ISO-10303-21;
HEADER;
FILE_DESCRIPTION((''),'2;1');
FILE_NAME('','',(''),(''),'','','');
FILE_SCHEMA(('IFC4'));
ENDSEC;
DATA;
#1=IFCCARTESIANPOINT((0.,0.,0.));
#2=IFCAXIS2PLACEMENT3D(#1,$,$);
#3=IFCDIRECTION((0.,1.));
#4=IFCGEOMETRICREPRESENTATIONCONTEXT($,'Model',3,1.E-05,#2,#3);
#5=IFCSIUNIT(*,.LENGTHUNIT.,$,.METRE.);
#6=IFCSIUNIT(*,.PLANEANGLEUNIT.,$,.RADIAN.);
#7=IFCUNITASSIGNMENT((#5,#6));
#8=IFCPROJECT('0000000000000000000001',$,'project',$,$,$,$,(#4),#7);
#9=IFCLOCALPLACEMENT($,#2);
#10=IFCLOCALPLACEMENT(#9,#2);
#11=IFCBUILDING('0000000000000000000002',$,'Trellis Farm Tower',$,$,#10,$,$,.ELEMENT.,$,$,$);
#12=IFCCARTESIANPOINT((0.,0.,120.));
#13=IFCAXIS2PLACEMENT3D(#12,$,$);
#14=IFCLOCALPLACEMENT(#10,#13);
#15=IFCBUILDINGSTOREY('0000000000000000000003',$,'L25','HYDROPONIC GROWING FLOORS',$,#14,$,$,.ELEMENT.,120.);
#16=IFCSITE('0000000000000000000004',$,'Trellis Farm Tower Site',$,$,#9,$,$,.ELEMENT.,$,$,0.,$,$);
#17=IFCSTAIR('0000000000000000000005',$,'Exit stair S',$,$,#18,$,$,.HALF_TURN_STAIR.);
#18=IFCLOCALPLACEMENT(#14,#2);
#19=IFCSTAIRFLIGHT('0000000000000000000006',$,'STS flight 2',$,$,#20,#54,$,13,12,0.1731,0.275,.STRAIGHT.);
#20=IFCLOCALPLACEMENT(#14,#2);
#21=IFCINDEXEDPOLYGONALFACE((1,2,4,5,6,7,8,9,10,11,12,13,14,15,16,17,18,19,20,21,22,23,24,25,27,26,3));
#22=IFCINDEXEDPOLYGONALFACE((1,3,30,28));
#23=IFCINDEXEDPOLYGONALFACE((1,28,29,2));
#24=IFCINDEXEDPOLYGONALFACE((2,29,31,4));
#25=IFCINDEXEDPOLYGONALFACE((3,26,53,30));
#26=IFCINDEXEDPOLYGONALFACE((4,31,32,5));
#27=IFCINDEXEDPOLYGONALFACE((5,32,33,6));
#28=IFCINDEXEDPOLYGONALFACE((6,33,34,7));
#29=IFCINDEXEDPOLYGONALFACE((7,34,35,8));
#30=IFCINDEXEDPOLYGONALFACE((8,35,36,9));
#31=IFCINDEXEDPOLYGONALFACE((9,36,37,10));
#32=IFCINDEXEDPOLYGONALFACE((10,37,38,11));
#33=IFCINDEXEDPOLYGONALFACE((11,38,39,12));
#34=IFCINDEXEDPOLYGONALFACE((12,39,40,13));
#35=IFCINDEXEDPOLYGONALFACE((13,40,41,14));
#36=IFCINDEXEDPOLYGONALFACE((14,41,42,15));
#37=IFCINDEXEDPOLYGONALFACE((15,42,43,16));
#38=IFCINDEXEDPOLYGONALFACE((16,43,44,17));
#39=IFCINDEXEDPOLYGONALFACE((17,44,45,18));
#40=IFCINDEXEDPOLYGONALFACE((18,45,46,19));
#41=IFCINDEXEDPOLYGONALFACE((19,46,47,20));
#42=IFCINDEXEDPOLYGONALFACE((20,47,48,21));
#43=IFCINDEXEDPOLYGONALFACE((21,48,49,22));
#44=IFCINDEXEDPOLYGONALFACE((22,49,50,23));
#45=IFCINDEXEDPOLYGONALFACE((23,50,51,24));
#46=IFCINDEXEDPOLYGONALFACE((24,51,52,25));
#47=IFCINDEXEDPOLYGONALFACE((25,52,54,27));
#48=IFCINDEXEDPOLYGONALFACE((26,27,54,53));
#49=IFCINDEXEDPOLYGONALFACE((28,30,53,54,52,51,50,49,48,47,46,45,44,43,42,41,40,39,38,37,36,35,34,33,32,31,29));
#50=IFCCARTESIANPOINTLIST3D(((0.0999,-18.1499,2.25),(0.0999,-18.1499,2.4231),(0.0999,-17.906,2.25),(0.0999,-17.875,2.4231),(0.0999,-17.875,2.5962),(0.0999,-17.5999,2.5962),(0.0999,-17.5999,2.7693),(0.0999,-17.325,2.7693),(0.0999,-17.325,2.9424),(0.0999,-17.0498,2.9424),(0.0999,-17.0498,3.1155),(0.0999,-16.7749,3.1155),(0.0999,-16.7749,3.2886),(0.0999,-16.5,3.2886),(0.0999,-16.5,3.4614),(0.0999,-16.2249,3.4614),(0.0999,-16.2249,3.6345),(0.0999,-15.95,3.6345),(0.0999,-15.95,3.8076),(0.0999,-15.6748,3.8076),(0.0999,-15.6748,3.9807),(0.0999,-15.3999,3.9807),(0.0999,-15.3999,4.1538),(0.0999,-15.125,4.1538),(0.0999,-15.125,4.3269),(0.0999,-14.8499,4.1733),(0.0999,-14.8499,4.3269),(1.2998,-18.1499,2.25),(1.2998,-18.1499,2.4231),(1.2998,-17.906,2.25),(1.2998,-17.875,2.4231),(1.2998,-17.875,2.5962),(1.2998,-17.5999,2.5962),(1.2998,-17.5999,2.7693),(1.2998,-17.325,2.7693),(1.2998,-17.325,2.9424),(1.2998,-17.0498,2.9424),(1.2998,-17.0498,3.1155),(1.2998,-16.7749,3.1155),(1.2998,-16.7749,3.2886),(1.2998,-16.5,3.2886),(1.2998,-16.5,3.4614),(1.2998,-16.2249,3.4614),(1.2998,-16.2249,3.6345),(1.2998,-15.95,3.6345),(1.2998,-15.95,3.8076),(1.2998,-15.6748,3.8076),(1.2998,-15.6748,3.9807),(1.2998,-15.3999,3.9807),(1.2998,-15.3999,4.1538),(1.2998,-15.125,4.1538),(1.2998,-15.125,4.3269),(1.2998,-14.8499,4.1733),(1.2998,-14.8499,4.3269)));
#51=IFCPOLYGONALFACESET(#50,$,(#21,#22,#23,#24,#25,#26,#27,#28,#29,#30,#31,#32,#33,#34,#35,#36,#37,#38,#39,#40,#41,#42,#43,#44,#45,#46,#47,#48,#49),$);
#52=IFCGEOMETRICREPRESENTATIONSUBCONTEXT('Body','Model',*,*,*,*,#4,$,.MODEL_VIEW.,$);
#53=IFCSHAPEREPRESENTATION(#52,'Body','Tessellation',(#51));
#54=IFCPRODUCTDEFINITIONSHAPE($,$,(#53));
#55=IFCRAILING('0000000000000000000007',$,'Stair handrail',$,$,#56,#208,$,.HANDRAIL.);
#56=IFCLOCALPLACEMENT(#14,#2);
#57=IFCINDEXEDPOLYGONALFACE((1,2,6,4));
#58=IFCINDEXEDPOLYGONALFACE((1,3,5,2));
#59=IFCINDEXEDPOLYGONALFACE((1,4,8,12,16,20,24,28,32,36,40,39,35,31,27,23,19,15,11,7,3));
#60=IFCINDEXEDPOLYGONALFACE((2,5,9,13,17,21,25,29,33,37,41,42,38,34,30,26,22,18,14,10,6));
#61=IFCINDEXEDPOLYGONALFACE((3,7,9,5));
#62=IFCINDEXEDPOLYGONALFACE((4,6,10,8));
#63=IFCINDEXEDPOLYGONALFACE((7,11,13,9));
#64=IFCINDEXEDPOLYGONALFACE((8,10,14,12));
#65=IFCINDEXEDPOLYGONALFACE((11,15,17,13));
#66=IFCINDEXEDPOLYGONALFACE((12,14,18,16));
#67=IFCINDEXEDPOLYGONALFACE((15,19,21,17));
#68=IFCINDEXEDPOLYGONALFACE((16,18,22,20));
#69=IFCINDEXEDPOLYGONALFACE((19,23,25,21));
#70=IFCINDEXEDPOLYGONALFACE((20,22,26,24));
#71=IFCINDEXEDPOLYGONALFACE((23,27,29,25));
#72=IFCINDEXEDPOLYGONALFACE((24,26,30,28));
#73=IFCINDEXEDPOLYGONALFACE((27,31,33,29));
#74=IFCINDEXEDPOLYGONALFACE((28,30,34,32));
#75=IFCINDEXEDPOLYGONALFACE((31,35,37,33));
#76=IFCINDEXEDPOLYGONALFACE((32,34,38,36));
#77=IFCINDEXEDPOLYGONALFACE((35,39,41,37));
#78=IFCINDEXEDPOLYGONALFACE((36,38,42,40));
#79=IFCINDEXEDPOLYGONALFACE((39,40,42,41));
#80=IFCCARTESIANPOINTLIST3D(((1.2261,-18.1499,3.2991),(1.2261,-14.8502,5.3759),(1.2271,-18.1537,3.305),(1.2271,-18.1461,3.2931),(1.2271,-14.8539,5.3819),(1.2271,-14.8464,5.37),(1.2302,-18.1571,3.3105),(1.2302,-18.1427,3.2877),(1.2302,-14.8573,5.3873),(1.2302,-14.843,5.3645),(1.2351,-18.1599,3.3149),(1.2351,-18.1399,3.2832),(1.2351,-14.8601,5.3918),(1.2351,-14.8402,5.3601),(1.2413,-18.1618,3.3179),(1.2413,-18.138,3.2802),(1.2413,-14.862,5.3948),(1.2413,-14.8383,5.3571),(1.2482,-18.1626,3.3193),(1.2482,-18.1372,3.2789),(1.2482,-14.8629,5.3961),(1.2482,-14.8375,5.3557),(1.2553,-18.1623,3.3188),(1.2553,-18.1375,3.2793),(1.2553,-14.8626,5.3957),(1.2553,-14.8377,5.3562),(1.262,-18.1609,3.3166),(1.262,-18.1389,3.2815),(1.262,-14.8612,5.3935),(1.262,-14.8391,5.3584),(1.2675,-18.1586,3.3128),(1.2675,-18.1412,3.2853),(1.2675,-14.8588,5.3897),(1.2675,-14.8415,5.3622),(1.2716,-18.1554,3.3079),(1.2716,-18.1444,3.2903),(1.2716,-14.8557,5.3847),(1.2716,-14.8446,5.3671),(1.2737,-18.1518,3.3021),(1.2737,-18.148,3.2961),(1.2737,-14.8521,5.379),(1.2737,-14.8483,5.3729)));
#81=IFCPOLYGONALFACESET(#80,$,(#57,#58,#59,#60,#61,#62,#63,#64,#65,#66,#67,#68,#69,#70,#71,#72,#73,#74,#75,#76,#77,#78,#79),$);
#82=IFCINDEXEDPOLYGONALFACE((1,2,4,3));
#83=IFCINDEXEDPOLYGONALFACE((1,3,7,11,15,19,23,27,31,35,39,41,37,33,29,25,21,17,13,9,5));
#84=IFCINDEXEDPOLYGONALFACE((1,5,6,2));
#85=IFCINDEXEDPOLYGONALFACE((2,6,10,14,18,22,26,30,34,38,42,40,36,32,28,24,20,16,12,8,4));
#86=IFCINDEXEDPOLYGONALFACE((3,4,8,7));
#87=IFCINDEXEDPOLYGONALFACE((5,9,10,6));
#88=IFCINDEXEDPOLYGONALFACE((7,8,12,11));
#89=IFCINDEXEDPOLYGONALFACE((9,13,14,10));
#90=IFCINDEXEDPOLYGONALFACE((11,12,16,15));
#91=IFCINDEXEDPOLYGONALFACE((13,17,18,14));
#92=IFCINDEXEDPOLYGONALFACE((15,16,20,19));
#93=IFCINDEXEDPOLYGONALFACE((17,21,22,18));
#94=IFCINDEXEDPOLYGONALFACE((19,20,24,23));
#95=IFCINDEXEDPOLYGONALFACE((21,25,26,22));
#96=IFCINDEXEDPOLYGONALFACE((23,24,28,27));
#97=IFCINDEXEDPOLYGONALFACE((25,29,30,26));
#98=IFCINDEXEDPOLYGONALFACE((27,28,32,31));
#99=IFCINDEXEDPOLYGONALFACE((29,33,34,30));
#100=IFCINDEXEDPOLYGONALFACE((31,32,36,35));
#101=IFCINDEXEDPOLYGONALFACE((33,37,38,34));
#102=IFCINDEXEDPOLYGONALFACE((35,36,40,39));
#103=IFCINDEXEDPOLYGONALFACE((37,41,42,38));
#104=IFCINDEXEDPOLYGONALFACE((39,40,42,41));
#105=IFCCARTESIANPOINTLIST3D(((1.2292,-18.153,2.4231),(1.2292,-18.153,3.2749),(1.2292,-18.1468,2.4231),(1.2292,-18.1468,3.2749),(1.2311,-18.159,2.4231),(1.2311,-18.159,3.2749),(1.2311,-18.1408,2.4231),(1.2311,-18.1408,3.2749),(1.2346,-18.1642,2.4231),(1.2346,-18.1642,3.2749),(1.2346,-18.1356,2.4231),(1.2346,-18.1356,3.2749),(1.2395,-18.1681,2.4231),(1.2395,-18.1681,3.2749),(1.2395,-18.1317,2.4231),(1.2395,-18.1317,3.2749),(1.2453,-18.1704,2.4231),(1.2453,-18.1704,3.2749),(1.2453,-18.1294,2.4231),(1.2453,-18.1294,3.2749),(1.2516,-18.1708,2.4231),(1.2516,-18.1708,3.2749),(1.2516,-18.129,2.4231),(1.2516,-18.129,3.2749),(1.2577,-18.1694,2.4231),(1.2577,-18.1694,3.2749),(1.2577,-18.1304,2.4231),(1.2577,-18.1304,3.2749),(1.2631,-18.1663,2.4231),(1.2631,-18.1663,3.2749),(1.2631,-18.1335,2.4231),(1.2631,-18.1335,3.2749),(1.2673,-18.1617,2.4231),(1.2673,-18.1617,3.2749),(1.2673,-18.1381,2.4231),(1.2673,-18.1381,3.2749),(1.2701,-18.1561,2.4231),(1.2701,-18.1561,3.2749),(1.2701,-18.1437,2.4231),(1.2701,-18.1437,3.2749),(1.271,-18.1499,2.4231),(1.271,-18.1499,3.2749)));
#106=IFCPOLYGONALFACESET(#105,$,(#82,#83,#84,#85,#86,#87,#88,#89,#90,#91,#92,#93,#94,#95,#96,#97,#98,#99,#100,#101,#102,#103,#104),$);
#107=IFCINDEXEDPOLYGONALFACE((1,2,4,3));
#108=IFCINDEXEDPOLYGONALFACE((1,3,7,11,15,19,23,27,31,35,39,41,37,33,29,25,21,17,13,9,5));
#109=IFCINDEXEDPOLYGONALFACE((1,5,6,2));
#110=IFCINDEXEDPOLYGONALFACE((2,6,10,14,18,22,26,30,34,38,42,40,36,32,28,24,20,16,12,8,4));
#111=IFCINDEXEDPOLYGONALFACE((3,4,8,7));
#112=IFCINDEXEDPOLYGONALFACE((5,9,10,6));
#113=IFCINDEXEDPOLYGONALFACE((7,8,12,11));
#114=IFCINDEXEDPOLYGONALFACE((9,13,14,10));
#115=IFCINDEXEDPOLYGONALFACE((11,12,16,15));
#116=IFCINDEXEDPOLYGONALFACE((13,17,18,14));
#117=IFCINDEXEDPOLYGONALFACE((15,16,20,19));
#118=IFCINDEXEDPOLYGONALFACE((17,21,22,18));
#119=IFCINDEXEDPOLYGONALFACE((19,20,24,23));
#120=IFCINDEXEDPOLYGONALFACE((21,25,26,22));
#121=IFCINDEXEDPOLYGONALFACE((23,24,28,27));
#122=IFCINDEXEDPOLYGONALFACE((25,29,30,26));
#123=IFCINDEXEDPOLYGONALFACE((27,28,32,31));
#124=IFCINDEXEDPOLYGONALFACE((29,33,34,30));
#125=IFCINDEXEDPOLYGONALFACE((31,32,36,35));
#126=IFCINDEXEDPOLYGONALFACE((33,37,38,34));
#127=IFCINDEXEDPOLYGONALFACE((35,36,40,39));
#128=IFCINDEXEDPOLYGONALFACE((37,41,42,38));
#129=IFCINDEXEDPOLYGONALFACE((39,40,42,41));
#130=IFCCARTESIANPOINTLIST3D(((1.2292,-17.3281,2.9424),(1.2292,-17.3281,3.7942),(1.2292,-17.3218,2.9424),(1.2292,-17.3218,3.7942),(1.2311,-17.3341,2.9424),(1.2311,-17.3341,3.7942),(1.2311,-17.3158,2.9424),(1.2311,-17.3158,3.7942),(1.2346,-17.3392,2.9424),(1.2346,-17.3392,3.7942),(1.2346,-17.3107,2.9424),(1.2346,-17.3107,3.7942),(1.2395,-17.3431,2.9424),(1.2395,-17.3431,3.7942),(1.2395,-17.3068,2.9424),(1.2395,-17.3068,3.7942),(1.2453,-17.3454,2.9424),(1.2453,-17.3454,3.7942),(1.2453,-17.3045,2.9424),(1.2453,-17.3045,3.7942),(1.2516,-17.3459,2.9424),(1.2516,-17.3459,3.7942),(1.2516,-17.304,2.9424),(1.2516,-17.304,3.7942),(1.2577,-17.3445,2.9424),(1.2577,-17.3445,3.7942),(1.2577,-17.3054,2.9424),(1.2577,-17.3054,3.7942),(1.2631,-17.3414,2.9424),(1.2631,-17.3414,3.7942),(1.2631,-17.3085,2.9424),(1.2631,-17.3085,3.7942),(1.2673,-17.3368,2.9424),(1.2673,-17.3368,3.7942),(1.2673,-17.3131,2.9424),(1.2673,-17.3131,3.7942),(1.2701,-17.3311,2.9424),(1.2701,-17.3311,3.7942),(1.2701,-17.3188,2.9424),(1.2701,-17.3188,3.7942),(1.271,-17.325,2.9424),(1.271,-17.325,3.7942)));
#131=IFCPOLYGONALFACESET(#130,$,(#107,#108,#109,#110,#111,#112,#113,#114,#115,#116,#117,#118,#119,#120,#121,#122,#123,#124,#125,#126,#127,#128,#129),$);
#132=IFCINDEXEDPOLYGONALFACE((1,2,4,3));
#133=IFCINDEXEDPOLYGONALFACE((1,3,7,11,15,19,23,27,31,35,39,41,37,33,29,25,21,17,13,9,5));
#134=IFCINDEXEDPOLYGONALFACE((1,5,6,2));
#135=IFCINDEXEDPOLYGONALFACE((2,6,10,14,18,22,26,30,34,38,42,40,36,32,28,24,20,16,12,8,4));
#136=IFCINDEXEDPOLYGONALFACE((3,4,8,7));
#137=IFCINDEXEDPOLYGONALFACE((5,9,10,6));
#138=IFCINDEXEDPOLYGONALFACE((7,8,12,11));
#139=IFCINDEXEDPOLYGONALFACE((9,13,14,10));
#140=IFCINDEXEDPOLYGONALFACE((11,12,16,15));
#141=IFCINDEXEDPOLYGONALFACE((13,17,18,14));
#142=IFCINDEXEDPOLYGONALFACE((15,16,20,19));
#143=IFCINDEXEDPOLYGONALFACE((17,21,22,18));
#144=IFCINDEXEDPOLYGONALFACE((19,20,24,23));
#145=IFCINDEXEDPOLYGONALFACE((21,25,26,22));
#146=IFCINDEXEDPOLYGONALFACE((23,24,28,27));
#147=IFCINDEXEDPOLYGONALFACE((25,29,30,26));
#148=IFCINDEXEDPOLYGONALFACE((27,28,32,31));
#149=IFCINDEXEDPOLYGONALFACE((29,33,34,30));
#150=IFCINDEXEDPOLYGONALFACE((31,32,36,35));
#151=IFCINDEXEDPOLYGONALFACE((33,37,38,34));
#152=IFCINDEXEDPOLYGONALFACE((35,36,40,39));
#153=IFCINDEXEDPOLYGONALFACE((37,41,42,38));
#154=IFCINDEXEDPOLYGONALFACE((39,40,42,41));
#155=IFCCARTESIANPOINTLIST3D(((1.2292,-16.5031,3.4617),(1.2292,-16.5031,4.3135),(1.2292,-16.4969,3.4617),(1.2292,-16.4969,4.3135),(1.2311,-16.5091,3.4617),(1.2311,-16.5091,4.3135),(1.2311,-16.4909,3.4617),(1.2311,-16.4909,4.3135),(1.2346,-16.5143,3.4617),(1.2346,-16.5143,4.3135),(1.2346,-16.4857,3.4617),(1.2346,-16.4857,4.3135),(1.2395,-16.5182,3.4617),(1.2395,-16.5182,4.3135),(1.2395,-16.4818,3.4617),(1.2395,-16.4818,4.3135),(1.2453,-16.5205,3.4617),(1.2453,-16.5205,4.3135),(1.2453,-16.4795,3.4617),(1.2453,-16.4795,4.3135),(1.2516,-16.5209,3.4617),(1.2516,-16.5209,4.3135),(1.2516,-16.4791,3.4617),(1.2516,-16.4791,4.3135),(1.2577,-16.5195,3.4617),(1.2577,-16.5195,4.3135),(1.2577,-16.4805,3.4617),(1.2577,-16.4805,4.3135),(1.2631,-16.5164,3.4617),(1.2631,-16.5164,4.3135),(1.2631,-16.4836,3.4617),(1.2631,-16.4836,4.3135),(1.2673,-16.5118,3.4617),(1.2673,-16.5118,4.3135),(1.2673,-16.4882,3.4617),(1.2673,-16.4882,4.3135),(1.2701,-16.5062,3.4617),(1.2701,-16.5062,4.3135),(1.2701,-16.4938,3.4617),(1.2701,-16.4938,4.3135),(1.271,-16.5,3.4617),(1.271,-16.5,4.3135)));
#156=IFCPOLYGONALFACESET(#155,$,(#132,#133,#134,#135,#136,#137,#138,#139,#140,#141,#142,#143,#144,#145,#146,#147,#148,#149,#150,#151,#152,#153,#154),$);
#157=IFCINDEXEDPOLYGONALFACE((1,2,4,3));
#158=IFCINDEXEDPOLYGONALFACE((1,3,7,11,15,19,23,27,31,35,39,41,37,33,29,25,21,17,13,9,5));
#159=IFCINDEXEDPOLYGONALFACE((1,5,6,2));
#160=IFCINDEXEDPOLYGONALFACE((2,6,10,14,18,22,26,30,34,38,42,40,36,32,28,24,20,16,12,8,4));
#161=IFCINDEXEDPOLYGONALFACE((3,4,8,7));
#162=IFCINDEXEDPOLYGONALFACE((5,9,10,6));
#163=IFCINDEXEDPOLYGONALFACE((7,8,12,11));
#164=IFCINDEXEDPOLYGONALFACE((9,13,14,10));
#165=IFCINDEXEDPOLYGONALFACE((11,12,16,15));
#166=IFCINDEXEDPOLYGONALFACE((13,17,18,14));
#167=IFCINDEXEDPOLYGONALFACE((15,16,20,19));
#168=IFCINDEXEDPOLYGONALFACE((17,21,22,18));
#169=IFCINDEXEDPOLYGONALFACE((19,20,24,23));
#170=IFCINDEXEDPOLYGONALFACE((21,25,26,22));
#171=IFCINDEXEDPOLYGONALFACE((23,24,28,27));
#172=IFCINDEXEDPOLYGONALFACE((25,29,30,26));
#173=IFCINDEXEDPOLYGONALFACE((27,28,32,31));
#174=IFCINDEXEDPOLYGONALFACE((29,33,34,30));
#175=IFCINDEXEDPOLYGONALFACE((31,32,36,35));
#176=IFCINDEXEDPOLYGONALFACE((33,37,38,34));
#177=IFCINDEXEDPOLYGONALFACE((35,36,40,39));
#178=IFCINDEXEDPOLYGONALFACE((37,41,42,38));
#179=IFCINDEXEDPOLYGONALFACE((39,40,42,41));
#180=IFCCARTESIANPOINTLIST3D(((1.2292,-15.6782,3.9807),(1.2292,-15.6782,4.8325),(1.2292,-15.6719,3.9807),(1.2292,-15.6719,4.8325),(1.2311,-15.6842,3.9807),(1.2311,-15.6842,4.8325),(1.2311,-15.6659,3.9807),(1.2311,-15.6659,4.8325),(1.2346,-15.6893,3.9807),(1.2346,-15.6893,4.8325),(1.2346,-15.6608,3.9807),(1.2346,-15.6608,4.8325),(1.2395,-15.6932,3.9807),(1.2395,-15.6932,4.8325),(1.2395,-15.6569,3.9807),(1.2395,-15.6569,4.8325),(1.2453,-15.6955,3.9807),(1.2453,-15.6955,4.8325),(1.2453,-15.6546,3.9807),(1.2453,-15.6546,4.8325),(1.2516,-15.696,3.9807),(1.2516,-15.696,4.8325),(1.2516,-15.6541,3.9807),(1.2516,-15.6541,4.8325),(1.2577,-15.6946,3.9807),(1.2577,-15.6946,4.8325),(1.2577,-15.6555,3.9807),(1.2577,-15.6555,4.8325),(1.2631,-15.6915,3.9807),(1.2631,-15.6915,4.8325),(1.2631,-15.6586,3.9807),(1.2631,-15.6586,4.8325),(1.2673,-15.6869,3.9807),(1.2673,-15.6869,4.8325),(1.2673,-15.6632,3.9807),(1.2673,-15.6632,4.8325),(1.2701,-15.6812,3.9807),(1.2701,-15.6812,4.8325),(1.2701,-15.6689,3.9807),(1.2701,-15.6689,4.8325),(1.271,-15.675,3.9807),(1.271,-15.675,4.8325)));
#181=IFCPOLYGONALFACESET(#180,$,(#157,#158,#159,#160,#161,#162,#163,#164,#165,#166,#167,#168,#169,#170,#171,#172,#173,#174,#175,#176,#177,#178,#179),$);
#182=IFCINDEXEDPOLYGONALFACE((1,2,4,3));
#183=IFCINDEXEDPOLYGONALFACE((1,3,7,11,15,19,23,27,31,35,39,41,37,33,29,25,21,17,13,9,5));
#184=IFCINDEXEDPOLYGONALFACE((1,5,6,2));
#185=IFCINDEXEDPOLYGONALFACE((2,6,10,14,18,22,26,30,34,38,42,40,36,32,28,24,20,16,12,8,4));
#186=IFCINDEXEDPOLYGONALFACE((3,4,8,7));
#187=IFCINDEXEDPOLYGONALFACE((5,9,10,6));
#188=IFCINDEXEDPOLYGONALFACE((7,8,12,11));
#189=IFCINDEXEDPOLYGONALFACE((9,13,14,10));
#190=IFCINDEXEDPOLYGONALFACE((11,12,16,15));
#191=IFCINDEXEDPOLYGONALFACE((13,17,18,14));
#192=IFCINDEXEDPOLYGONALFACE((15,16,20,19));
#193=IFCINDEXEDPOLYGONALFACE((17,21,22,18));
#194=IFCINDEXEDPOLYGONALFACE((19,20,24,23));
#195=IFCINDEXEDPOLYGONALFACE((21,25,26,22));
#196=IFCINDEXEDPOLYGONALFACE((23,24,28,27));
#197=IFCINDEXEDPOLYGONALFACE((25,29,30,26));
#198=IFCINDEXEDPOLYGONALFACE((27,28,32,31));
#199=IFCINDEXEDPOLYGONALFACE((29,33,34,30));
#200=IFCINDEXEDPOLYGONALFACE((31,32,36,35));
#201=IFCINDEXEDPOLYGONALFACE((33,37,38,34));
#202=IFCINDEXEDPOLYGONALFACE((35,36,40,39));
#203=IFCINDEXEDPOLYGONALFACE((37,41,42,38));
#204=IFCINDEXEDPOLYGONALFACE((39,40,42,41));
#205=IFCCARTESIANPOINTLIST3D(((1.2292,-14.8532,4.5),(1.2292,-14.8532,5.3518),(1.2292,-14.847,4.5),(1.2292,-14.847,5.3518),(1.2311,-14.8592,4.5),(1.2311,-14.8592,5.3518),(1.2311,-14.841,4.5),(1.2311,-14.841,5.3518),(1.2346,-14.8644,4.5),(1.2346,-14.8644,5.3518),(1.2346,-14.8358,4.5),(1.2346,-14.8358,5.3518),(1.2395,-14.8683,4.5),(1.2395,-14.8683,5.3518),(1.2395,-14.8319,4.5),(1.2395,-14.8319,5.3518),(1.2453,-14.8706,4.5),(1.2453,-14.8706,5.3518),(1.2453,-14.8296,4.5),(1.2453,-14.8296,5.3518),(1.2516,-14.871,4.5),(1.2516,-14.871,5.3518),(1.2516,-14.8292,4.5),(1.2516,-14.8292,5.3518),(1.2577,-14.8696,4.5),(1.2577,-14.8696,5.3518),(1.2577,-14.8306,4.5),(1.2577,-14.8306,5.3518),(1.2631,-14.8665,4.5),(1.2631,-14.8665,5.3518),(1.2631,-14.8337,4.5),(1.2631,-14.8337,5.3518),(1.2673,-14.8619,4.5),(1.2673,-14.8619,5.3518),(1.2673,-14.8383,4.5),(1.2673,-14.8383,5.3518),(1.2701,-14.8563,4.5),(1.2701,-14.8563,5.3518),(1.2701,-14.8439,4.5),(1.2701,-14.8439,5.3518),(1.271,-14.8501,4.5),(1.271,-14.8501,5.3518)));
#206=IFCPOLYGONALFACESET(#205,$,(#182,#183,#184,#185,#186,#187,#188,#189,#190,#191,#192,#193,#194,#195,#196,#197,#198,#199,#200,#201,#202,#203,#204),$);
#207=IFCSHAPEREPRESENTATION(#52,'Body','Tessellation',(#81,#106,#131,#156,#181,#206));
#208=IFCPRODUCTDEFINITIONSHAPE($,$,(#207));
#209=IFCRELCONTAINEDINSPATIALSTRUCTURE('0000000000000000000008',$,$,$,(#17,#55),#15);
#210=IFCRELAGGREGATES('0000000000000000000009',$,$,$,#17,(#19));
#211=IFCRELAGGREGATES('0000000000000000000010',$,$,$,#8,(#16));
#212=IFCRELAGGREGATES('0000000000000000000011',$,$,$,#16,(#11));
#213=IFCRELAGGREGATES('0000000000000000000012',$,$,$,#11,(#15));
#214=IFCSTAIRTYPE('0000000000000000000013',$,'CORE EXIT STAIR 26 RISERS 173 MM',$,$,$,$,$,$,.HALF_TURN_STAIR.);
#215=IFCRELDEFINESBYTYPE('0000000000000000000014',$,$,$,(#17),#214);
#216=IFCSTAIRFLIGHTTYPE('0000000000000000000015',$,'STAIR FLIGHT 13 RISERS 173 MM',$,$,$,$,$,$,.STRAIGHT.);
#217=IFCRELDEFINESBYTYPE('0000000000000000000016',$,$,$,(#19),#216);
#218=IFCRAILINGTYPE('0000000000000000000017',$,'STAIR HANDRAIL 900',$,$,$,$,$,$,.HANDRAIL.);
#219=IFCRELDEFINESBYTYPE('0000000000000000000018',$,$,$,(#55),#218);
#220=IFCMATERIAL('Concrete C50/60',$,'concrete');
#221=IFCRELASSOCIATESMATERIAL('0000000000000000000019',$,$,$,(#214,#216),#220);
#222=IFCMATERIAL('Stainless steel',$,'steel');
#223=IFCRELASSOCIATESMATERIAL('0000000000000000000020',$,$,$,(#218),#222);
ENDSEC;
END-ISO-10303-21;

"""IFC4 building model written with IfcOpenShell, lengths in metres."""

from ifc_helpers import new_model, si_unit, direction, frame, origin, origin_2d, place, context, subcontext, project, spatial, polyline, circle, outline, extrude, source, transform, mapped, material, type_object, element, aggregate, save


model = new_model("IFC4")

# Units and contexts
model_context = context("Model", 3, precision=1e-05, world=origin(), true_north=direction((0.0, 1.0)))
body_context = subcontext(model_context, "Body", "Model", "MODEL_VIEW")
ifc_project = project(units=[si_unit("LENGTHUNIT", "METRE"), si_unit("PLANEANGLEUNIT", "RADIAN")], contexts=[model_context])

# Site, building, storey
site_placement = place(None, origin())
site = spatial("IfcSite", under=ifc_project, at=site_placement, Name="Trellis Farm Tower Site", CompositionType="ELEMENT", RefElevation=0.0)
building_placement = place(site_placement, origin())
building = spatial("IfcBuilding", under=site, at=building_placement, Name="Trellis Farm Tower", CompositionType="ELEMENT")
storey_placement = place(building_placement, frame((0.0, 0.0, 120.0)))
storey = spatial("IfcBuildingStorey", under=building, at=storey_placement, Name="L25", Description="HYDROPONIC GROWING FLOORS", CompositionType="ELEMENT", Elevation=120.0)

# Shared definitions
placement = place(storey_placement, origin())

# Stair, stair flight
ifc_material_1 = material(Name="Concrete C50/60", Category="concrete")
stair_type = type_object("IfcStairType", Name="CORE EXIT STAIR 26 RISERS 173 MM", PredefinedType="HALF_TURN_STAIR", material=ifc_material_1)
stair = element("IfcStair", 1, at=placement, inside=storey, type_object=stair_type, Name="Exit stair S", PredefinedType="HALF_TURN_STAIR")
stair_flight_type = type_object("IfcStairFlightType", Name="STAIR FLIGHT 13 RISERS 173 MM", PredefinedType="STRAIGHT", material=ifc_material_1)
shared_shape_1 = source(origin(), body_context, "Body", "SweptSolid", [
    extrude(outline(polyline([(0.0, 0.0), (0.0, 0.1731), (0.2749, 0.1731), (0.2749, 0.3462), (0.55, 0.3462), (0.55, 0.5193), (0.825, 0.5193), (0.825, 0.6924), (1.1001, 0.6924), (1.1001, 0.8655), (1.375, 0.8655), (1.375, 1.0386), (1.6499, 1.0386), (1.6499, 1.2114), (1.925, 1.2114), (1.925, 1.3845), (2.2, 1.3845), (2.2, 1.5576), (2.4751, 1.5576), (2.4751, 1.7307), (2.75, 1.7307), (2.75, 1.9038), (3.0249, 1.9038), (3.0249, 2.0769), (3.3, 2.0769), (3.3, 2.25), (3.3, 1.9233), (0.2439, 0.0), (0.0, 0.0)])), frame((0.0, 0.6001, 0.0), z_axis=(0.0, -1.0, 0.0), x_axis=(1.0, 0.0, 0.0)), (0.0, 0.0, 1.0), 1.2),
])
stair_flight_placement = place(storey_placement, frame((0.7, -18.1499, 2.25), z_axis=(0.0, 0.0, 1.0), x_axis=(0.0, 1.0, 0.0)))
stair_flight = element("IfcStairFlight", 2, at=stair_flight_placement, type_object=stair_flight_type, Name="STS flight 2", NumberOfRisers=13, NumberOfTreads=12, PredefinedType="STRAIGHT", RiserHeight=0.1731, TreadLength=0.275, context=body_context, shape_type="MappedRepresentation", body=[
    mapped(shared_shape_1, transform((0.0, 0.0, 0.0))),
])
aggregate(stair, [stair_flight])

# Railing
ifc_material_2 = material(Name="Stainless steel", Category="steel")
railing_type = type_object("IfcRailingType", Name="STAIR HANDRAIL 900", PredefinedType="HANDRAIL", material=ifc_material_2)
shared_shape_2 = source(origin(), body_context, "Body", "SweptSolid", [
    extrude(circle(Radius=0.0239, at=origin_2d()), frame((0.0, 0.0, 0.876), z_axis=(0.0, 0.84632, 0.532675), x_axis=(-1.0, 0.0, 0.0)), (0.0, 0.0, 1.0), 3.8989),
    extrude(circle(Radius=0.021, at=origin_2d()), origin(), (0.0, 0.0, 1.0), 0.8518),
    extrude(circle(Radius=0.021, at=origin_2d()), frame((0.0, 0.825, 0.5193)), (0.0, 0.0, 1.0), 0.8518),
    extrude(circle(Radius=0.021, at=origin_2d()), frame((0.0, 1.6499, 1.0386)), (0.0, 0.0, 1.0), 0.8518),
    extrude(circle(Radius=0.021, at=origin_2d()), frame((0.0, 2.4749, 1.5576)), (0.0, 0.0, 1.0), 0.8518),
    extrude(circle(Radius=0.021, at=origin_2d()), frame((0.0, 3.2998, 2.0769)), (0.0, 0.0, 1.0), 0.8518),
])
railing_placement = place(storey_placement, frame((1.25, -18.1499, 2.4231)))
element("IfcRailing", 3, at=railing_placement, inside=storey, type_object=railing_type, Name="Stair handrail", PredefinedType="HANDRAIL", context=body_context, shape_type="MappedRepresentation", body=[
    mapped(shared_shape_2, transform((0.0, 0.0, 0.0))),
])

save(model, "model.ifc")
